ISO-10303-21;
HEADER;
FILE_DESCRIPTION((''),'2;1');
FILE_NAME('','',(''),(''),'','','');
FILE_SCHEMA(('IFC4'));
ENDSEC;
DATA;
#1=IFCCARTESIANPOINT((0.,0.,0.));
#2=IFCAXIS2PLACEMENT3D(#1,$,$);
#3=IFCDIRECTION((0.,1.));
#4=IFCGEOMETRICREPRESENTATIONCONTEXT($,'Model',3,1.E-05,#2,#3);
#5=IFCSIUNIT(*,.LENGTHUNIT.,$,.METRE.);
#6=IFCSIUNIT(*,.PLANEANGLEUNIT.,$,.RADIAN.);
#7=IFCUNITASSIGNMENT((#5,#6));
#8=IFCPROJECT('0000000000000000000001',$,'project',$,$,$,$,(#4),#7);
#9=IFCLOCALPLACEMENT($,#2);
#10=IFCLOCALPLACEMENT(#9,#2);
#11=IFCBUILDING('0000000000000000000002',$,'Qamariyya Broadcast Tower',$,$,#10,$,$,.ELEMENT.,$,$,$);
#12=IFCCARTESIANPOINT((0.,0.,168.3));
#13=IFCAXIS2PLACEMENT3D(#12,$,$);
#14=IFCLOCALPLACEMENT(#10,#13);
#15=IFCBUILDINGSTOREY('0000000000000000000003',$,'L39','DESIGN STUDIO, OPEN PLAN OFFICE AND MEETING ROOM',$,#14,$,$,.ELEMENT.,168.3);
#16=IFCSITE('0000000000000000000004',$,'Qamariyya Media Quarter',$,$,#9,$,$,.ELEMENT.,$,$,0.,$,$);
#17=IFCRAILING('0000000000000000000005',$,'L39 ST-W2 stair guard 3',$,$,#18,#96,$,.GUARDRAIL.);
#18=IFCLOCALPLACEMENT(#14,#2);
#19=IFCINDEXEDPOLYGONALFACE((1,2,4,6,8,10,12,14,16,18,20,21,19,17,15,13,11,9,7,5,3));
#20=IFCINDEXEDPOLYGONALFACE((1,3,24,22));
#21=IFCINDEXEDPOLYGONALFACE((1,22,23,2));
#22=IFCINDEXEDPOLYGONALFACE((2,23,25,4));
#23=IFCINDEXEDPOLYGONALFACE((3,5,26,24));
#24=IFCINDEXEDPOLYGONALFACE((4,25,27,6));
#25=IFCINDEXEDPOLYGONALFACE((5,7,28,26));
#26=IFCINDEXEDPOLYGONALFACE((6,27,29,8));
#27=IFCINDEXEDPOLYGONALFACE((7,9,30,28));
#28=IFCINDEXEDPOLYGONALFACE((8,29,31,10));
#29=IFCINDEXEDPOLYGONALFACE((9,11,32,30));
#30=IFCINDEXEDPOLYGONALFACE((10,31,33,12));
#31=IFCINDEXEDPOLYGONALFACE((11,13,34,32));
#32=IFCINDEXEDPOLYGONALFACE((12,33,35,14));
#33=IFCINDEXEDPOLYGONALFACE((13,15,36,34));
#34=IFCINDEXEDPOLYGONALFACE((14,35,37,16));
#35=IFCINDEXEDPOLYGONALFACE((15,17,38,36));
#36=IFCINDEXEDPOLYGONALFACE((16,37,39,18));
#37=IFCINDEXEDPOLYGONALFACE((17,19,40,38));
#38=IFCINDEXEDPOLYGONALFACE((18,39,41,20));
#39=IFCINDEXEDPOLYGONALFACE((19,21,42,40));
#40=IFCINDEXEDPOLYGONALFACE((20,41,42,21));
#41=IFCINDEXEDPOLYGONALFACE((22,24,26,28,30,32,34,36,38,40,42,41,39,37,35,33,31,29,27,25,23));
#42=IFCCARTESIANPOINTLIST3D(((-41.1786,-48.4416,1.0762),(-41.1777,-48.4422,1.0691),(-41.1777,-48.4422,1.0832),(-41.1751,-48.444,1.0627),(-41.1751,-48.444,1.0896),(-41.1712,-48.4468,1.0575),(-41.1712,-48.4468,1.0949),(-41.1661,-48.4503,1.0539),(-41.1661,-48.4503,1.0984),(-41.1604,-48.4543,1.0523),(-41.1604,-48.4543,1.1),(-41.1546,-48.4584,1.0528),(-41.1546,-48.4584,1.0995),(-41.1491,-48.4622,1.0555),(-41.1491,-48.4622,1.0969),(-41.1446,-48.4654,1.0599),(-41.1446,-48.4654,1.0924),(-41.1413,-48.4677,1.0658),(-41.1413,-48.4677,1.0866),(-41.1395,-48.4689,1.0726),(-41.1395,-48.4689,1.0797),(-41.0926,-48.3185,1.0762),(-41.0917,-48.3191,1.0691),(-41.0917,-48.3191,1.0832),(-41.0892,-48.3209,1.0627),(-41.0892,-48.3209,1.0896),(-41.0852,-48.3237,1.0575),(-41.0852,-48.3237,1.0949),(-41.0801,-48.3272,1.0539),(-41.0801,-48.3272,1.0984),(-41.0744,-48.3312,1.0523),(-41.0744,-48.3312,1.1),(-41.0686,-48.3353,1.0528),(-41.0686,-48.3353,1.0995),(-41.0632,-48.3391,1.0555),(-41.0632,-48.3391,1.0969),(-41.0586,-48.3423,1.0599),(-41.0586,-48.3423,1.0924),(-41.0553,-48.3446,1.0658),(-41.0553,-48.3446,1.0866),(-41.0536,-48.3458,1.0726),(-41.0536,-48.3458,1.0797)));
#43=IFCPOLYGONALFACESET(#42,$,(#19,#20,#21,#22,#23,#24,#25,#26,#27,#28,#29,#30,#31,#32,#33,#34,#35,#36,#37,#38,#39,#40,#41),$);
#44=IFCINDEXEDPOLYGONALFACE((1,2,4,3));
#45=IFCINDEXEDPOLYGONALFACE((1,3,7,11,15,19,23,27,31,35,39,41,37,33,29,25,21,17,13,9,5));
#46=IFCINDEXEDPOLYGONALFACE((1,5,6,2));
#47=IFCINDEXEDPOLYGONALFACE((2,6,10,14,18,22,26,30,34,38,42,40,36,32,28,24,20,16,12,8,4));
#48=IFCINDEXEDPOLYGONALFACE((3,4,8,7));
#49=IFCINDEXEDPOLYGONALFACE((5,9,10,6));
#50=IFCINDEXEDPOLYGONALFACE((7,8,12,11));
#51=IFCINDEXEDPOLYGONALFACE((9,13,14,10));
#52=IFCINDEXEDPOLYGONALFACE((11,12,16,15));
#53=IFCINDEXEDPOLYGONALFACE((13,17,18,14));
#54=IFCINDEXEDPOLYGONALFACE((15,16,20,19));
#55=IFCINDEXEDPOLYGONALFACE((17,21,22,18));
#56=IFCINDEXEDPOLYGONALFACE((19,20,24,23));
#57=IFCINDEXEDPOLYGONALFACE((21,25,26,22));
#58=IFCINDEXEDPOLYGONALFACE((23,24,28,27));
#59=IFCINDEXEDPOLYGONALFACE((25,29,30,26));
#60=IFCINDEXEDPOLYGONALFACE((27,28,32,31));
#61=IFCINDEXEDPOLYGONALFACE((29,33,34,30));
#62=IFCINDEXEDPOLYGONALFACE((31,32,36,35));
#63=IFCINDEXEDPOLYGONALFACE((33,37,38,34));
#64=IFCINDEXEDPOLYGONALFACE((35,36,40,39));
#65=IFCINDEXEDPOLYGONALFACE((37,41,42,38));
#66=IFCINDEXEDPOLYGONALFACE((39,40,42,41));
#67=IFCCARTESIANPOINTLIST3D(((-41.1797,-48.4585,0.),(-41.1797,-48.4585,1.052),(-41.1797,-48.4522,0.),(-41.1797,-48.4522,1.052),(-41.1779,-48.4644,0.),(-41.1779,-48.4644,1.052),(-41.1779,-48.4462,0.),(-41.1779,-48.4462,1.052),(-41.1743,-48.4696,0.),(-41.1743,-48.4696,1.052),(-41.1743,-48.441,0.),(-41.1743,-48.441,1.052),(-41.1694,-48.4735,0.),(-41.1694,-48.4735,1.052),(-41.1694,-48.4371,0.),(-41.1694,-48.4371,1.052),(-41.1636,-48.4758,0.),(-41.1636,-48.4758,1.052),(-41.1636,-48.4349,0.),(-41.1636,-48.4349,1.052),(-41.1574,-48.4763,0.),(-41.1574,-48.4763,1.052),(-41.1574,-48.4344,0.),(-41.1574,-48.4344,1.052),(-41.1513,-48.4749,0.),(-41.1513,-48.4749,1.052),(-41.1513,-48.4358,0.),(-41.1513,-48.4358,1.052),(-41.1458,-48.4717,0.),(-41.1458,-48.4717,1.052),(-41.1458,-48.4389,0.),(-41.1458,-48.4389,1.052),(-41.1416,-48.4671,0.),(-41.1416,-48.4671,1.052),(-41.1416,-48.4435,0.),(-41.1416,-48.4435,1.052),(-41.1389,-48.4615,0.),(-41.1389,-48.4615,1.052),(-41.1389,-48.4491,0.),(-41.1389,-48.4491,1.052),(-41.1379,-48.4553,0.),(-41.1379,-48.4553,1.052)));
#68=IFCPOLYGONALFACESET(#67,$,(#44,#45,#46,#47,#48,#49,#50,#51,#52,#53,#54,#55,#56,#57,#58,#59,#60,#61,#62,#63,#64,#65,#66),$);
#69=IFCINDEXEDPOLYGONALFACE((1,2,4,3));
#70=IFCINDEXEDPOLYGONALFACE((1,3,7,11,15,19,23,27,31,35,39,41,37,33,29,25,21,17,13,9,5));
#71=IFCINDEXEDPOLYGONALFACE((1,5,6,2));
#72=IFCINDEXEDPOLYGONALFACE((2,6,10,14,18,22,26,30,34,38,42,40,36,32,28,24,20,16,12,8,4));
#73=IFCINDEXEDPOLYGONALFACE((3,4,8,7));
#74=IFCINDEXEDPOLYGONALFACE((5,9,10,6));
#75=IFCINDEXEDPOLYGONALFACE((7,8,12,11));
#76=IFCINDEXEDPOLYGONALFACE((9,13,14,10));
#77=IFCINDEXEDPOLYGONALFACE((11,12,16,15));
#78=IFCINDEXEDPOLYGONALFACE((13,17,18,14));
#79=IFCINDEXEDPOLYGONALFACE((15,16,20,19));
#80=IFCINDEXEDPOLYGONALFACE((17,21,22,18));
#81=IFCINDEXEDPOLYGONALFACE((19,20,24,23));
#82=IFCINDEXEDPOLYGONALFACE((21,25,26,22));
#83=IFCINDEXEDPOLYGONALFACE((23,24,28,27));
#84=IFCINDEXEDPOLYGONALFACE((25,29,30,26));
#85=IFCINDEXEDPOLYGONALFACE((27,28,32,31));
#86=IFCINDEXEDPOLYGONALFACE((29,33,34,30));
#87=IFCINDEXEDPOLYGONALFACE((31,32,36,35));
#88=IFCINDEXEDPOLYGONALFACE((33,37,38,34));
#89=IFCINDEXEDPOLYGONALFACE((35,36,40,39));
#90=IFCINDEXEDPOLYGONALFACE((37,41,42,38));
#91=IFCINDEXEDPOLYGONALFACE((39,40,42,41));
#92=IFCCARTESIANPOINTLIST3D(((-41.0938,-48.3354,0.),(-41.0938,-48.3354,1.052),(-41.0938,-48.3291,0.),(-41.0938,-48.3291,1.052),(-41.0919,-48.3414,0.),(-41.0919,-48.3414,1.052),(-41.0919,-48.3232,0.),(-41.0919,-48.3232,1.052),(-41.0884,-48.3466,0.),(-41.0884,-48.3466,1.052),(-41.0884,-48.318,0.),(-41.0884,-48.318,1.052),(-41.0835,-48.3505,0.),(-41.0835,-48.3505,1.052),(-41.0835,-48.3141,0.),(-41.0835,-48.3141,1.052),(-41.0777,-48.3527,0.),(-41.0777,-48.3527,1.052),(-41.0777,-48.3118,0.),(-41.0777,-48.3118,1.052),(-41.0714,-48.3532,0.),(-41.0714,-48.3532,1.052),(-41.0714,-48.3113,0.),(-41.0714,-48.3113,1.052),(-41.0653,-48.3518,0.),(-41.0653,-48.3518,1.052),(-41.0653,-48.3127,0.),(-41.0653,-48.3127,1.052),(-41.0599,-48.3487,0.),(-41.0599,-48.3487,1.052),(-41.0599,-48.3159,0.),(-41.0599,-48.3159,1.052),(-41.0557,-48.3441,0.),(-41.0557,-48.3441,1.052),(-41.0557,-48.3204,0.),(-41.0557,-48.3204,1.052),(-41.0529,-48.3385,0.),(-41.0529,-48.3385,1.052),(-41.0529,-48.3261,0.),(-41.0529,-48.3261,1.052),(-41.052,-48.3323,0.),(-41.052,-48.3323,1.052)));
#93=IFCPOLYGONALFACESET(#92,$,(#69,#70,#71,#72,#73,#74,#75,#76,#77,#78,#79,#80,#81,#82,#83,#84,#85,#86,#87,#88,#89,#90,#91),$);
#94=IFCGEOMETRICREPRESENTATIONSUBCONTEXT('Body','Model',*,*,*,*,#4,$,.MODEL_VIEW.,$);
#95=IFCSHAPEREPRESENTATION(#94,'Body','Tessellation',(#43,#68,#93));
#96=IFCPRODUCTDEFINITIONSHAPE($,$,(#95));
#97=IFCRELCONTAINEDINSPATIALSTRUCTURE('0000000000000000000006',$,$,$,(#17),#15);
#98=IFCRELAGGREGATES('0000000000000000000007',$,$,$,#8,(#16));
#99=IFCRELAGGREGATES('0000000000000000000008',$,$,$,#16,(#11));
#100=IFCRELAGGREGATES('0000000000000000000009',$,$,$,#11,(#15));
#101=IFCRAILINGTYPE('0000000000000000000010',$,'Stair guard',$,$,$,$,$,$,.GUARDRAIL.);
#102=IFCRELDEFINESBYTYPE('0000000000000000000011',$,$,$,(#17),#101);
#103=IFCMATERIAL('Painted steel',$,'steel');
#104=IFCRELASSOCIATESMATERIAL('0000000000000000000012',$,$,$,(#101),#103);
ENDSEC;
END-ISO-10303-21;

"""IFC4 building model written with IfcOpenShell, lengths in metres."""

from ifc_helpers import new_model, si_unit, direction, frame, origin, origin_2d, place, context, subcontext, project, spatial, circle, extrude, material, type_object, element, save


model = new_model("IFC4")

# Units and contexts
model_context = context("Model", 3, precision=1e-05, world=origin(), true_north=direction((0.0, 1.0)))
body_context = subcontext(model_context, "Body", "Model", "MODEL_VIEW")
ifc_project = project(units=[si_unit("LENGTHUNIT", "METRE"), si_unit("PLANEANGLEUNIT", "RADIAN")], contexts=[model_context])

# Site, building, storey
site_placement = place(None, origin())
site = spatial("IfcSite", under=ifc_project, at=site_placement, Name="Qamariyya Media Quarter", CompositionType="ELEMENT", RefElevation=0.0)
building_placement = place(site_placement, origin())
building = spatial("IfcBuilding", under=site, at=building_placement, Name="Qamariyya Broadcast Tower", CompositionType="ELEMENT")
storey_placement = place(building_placement, frame((0.0, 0.0, 168.3)))
storey = spatial("IfcBuildingStorey", under=building, at=storey_placement, Name="L39", Description="DESIGN STUDIO, OPEN PLAN OFFICE AND MEETING ROOM", CompositionType="ELEMENT", Elevation=168.3)

# Railing
ifc_material_1 = material(Name="Painted steel", Category="steel")
railing_type_1 = type_object("IfcRailingType", Name="Stair guard", PredefinedType="GUARDRAIL", material=ifc_material_1)
railing_1_placement = place(storey_placement, frame((-41.1589, -48.4553, 0.0)))
element("IfcRailing", 1, at=railing_1_placement, inside=storey, type_object=railing_type_1, Name="L39 ST-W2 stair guard 3", PredefinedType="GUARDRAIL", context=body_context, shape_type="SweptSolid", body=[
    extrude(circle(Radius=0.0239, at=origin_2d()), frame((0.0, 0.0, 1.0762), z_axis=(0.572589, 0.819843, 0.0), x_axis=(-0.819843, 0.572589, 0.0)), (0.0, 0.0, 1.0), 0.1501),
    extrude(circle(Radius=0.021, at=origin_2d()), origin(), (0.0, 0.0, 1.0), 1.052),
    extrude(circle(Radius=0.021, at=origin_2d()), frame((0.0859, 0.123, 0.0)), (0.0, 0.0, 1.0), 1.052),
])

save(model, "model.ifc")
